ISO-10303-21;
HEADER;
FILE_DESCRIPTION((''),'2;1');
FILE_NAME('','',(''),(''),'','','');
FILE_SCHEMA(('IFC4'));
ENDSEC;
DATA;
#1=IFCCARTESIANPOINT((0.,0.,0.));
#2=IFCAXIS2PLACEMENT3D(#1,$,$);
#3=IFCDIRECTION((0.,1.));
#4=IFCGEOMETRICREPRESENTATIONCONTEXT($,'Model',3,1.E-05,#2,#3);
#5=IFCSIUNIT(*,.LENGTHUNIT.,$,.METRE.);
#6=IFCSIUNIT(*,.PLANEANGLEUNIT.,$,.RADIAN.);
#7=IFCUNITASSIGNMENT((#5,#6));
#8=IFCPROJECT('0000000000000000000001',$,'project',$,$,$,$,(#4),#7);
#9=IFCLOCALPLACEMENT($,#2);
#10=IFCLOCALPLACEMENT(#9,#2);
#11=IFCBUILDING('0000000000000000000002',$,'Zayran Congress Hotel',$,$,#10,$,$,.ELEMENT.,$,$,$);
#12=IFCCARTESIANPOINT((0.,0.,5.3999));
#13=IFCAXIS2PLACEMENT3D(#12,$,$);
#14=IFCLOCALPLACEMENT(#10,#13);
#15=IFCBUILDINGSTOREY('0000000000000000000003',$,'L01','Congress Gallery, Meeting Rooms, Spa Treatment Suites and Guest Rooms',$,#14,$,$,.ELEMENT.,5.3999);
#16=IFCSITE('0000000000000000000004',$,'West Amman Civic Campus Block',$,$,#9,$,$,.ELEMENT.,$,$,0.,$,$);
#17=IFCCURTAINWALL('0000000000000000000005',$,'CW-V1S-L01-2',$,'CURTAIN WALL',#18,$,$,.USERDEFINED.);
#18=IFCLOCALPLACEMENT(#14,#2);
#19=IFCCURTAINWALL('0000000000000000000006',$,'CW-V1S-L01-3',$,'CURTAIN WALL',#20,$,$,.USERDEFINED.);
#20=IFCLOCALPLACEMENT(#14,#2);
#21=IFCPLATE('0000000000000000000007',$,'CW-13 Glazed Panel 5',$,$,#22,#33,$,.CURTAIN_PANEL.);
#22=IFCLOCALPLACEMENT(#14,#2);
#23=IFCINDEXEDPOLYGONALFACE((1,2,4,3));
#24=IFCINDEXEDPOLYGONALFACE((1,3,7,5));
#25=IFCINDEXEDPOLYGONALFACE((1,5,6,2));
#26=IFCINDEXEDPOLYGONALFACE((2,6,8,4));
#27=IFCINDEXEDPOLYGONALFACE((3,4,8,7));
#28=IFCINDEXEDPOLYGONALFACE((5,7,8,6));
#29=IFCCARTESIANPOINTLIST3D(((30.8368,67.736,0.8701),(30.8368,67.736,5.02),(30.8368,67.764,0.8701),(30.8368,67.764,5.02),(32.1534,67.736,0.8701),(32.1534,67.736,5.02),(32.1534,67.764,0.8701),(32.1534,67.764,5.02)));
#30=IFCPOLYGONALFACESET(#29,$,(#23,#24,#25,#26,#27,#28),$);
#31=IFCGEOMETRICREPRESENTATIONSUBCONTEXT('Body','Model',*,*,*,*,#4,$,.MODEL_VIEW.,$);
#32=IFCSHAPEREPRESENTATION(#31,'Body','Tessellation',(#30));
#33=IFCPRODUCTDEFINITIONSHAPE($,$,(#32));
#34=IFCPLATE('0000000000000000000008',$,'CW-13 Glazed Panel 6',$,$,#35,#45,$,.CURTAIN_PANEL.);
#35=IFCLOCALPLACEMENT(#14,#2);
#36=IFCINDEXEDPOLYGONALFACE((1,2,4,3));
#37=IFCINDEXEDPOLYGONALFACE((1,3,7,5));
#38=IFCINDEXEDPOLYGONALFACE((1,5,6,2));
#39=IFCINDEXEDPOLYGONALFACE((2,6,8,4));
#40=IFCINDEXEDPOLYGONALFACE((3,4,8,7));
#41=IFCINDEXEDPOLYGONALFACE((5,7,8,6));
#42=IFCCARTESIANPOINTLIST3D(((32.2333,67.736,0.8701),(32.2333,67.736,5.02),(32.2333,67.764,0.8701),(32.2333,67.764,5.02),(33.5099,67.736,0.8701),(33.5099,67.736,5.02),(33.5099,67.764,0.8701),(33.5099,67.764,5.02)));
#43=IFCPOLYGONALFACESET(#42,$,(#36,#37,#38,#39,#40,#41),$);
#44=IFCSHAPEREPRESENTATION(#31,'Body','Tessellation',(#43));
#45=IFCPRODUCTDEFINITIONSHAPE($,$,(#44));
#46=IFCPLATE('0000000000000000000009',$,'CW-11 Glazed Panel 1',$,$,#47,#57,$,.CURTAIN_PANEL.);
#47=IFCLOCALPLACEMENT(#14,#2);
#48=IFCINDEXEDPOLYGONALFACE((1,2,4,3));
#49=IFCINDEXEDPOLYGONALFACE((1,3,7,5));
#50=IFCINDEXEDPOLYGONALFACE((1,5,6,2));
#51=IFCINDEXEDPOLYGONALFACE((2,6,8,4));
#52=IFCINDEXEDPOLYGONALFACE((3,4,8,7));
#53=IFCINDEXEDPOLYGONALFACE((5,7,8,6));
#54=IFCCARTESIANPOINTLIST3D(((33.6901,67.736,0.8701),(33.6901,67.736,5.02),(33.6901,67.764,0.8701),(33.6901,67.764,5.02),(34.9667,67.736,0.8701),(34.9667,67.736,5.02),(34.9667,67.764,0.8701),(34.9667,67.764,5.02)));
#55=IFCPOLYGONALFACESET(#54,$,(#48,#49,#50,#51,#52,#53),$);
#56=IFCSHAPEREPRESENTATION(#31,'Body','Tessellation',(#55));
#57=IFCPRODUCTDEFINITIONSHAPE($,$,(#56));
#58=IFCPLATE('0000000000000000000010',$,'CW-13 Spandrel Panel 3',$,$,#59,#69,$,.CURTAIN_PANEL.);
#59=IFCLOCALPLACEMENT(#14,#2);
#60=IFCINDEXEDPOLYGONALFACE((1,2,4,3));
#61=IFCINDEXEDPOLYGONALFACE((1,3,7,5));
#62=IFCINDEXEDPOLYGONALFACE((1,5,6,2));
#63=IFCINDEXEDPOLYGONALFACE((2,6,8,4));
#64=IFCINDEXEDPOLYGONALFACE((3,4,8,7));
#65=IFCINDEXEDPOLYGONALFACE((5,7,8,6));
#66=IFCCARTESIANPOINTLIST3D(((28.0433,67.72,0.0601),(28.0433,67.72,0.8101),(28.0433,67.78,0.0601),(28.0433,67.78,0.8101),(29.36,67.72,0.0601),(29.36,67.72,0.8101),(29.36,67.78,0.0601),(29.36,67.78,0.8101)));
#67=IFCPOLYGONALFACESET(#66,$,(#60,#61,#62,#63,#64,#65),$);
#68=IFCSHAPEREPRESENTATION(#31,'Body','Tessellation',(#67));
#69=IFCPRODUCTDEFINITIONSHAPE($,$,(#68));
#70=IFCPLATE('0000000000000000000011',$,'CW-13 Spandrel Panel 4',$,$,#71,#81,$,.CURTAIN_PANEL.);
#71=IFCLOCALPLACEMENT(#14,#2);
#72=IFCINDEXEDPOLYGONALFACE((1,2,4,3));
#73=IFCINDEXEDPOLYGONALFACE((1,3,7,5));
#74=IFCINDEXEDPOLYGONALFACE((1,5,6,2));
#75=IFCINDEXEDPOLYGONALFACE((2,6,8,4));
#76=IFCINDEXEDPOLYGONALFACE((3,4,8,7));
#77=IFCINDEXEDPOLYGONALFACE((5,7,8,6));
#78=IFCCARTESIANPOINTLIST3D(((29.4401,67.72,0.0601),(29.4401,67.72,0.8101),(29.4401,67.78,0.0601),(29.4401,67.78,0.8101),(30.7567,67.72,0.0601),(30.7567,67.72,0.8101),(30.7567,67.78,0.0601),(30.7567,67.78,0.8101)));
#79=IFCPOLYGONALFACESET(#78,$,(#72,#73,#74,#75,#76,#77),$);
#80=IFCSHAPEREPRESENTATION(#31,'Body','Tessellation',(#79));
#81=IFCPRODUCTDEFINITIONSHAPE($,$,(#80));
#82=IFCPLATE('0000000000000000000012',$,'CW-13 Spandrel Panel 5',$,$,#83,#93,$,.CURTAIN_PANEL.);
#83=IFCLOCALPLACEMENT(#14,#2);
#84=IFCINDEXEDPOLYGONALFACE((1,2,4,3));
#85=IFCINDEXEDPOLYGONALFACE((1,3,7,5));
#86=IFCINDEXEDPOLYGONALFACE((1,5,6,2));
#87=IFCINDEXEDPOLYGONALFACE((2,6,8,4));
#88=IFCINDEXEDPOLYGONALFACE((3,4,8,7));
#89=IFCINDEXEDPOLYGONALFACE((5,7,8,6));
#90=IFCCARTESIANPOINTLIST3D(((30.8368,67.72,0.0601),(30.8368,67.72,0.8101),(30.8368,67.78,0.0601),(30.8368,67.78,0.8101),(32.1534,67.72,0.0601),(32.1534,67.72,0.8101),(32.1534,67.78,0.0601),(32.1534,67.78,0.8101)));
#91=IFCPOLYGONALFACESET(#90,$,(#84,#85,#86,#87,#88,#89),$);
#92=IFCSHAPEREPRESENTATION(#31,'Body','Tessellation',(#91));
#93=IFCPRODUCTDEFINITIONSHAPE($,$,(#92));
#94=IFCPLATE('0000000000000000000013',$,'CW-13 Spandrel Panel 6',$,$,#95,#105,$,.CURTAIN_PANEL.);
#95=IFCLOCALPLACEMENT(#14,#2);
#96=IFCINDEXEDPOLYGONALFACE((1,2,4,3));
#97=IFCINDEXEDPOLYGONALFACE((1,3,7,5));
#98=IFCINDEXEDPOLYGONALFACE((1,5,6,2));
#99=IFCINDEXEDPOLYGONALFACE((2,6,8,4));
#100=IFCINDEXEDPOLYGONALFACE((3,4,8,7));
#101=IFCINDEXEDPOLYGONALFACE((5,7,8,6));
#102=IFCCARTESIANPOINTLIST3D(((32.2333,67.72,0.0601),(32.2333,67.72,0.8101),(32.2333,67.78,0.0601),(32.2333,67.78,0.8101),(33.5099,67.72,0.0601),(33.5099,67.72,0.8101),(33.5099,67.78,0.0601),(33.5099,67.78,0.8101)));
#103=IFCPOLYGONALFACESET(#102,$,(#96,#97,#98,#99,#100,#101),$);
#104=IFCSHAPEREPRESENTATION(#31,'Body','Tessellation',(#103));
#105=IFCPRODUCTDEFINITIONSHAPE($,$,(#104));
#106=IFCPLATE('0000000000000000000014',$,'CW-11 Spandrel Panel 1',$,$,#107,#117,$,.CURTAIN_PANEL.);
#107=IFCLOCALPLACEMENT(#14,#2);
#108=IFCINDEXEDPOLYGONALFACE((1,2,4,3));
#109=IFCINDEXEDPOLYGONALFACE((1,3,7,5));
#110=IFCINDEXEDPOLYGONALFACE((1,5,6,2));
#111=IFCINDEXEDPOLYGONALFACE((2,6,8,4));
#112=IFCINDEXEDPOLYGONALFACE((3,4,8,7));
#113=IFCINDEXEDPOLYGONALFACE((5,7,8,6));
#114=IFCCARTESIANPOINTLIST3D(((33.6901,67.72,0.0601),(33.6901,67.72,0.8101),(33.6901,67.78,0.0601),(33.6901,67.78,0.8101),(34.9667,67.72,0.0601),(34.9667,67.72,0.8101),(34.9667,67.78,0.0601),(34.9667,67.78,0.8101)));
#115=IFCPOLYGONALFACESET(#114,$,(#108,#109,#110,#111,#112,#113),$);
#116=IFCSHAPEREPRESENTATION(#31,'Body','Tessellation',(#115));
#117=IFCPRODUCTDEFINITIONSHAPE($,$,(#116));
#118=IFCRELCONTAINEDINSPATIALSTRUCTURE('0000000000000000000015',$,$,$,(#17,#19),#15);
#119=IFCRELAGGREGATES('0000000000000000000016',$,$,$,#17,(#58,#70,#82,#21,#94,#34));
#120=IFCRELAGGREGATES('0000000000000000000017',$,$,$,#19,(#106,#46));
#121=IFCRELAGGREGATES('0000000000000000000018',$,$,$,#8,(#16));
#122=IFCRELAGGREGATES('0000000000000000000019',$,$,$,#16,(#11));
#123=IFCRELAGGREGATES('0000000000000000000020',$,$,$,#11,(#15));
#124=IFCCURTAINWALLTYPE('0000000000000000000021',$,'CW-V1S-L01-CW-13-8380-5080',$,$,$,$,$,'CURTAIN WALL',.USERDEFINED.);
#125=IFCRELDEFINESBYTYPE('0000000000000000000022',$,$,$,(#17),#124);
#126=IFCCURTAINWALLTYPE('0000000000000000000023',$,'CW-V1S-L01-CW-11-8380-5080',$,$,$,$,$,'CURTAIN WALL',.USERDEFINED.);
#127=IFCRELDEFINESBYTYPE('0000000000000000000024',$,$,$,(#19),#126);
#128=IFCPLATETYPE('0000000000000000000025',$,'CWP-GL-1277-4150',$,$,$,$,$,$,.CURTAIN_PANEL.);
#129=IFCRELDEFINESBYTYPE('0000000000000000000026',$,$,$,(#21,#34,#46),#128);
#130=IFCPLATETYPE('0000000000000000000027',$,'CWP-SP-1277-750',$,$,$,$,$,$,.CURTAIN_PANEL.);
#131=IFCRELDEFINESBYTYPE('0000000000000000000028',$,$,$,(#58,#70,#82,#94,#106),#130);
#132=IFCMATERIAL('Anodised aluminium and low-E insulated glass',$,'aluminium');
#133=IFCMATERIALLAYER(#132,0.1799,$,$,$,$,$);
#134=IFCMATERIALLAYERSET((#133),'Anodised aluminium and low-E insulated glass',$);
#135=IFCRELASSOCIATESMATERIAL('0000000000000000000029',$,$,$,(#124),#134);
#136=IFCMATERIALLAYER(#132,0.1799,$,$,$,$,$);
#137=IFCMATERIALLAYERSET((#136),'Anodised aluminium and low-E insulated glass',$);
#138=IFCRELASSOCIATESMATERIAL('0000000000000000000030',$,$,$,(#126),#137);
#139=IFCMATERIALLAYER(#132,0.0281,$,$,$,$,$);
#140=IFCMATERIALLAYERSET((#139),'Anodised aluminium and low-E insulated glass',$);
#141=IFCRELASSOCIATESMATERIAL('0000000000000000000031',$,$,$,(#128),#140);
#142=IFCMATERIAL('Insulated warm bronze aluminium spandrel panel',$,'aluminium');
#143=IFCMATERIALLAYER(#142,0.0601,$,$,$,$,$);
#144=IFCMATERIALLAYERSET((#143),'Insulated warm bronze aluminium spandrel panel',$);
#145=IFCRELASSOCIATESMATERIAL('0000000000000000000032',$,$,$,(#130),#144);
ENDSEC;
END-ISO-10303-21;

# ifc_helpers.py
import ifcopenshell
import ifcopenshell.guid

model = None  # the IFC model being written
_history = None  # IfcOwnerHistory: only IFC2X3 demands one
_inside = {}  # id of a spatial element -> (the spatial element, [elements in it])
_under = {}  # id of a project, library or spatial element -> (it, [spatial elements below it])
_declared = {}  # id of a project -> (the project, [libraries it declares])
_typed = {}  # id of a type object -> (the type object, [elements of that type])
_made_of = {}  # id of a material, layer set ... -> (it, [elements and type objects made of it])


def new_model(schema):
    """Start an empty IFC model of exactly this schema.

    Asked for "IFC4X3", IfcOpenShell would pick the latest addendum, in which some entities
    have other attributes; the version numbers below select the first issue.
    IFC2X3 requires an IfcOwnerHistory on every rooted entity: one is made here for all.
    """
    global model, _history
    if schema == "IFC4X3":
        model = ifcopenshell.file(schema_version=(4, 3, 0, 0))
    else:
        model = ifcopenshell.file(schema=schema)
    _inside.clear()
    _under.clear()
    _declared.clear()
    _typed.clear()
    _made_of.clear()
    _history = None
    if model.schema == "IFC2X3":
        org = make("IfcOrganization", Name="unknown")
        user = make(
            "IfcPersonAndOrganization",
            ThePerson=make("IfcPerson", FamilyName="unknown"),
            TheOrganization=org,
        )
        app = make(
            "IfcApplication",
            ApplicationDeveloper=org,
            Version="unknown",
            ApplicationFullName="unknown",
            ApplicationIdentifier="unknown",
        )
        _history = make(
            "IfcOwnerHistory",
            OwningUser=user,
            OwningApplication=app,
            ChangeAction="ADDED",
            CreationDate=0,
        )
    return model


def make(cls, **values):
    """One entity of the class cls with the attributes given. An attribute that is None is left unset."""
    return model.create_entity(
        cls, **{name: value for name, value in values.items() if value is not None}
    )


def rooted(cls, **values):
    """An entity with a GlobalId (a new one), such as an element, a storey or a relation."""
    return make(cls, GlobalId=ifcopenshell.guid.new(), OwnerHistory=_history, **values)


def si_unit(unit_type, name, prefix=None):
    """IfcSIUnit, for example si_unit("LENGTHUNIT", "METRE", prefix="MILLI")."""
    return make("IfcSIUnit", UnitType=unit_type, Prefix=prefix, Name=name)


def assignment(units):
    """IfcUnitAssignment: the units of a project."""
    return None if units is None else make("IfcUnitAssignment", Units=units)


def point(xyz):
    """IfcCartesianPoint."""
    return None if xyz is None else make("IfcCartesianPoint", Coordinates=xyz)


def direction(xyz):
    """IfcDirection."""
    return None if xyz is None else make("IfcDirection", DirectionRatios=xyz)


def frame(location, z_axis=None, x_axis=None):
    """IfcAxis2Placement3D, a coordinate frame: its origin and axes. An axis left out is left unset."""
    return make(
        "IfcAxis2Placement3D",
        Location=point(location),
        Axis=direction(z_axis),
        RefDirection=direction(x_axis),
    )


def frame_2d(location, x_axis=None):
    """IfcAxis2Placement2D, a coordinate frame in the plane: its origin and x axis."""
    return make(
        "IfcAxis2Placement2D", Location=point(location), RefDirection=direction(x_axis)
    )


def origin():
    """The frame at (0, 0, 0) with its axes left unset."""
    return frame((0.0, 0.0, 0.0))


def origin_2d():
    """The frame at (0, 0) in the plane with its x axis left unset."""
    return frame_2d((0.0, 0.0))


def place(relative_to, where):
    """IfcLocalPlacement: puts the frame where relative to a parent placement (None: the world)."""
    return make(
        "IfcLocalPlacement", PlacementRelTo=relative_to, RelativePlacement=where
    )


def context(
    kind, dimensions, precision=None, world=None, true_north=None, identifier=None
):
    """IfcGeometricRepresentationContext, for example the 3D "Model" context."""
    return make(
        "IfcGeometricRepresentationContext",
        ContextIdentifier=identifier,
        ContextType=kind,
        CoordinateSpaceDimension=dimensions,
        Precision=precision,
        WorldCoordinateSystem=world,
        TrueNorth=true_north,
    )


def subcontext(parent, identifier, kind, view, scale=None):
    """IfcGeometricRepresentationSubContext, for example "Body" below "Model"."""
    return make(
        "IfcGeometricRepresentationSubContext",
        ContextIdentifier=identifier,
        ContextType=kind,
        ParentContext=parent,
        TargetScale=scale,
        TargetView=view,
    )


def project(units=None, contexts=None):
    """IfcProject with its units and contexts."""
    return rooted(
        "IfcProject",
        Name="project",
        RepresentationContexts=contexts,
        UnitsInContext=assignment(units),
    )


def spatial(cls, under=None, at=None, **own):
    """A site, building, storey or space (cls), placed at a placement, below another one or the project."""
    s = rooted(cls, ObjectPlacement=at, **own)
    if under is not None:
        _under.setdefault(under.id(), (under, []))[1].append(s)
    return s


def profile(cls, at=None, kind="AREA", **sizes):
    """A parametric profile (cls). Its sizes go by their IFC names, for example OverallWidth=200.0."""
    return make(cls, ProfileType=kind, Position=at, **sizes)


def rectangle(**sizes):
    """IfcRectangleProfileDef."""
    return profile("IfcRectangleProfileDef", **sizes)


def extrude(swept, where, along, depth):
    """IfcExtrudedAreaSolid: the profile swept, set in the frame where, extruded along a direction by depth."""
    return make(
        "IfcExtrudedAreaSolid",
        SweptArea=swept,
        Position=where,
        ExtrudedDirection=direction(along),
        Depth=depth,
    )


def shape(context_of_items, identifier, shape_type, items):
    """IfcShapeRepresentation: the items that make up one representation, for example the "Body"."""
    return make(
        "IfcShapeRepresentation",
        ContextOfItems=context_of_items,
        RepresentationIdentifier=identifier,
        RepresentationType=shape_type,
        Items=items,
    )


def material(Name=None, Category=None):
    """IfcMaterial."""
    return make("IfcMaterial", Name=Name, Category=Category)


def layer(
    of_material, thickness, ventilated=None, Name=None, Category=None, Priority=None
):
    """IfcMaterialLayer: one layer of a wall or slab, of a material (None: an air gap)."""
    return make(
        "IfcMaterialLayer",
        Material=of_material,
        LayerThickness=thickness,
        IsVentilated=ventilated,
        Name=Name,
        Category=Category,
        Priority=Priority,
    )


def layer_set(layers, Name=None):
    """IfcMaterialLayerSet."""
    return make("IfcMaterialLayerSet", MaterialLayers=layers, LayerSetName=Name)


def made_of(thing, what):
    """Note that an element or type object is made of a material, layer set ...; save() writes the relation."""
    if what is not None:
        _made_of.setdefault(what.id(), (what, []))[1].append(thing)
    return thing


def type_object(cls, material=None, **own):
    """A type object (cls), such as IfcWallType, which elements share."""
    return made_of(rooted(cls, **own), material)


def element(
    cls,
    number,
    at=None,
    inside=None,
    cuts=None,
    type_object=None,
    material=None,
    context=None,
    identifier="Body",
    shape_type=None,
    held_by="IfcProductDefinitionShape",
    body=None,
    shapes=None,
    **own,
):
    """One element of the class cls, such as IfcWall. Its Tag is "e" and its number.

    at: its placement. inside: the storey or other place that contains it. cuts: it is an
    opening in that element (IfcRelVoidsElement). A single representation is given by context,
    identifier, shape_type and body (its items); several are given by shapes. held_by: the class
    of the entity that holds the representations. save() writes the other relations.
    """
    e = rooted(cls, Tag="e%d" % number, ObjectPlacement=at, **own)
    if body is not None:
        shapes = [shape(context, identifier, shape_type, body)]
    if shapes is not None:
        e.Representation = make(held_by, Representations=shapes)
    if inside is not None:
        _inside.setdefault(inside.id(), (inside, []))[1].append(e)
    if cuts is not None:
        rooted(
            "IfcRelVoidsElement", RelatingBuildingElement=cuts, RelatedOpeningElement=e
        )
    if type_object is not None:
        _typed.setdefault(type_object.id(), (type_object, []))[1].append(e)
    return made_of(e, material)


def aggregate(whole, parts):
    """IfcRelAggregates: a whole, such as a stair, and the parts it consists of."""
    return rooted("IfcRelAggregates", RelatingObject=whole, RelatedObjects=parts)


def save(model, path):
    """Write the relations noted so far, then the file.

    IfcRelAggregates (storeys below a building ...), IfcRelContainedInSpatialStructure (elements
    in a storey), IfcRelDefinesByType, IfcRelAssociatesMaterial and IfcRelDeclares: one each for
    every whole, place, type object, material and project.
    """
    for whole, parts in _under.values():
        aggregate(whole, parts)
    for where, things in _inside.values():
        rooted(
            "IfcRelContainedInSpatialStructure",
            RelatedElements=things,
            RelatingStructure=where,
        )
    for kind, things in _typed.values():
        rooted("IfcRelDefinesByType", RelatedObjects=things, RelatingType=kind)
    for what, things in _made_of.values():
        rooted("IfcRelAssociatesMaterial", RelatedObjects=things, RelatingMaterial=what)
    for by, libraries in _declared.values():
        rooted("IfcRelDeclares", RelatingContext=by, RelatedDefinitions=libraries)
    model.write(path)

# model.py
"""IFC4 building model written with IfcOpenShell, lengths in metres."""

from ifc_helpers import new_model, si_unit, direction, frame, origin, origin_2d, place, context, subcontext, project, spatial, rectangle, extrude, material, layer, layer_set, type_object, element, aggregate, save


model = new_model("IFC4")

# Units and contexts
model_context = context("Model", 3, precision=1e-05, world=origin(), true_north=direction((0.0, 1.0)))
body_context = subcontext(model_context, "Body", "Model", "MODEL_VIEW")
ifc_project = project(units=[si_unit("LENGTHUNIT", "METRE"), si_unit("PLANEANGLEUNIT", "RADIAN")], contexts=[model_context])

# Site, building, storey
site_placement = place(None, origin())
site = spatial("IfcSite", under=ifc_project, at=site_placement, Name="West Amman Civic Campus Block", CompositionType="ELEMENT", RefElevation=0.0)
building_placement = place(site_placement, origin())
building = spatial("IfcBuilding", under=site, at=building_placement, Name="Zayran Congress Hotel", CompositionType="ELEMENT")
storey_placement = place(building_placement, frame((0.0, 0.0, 5.3999)))
storey = spatial("IfcBuildingStorey", under=building, at=storey_placement, Name="L01", Description="Congress Gallery, Meeting Rooms, Spa Treatment Suites and Guest Rooms", CompositionType="ELEMENT", Elevation=5.3999)

# Curtain walls
ifc_material_1 = material(Name="Anodised aluminium and low-E insulated glass", Category="aluminium")
ifc_layer_1 = layer(ifc_material_1, 0.1799)
ifc_layer_set_1 = layer_set([ifc_layer_1], Name="Anodised aluminium and low-E insulated glass")
curtain_wall_type_1 = type_object("IfcCurtainWallType", Name="CW-V1S-L01-CW-13-8380-5080", ElementType="CURTAIN WALL", PredefinedType="USERDEFINED", material=ifc_layer_set_1)
curtain_wall_1_placement = place(storey_placement, origin())
curtain_wall_1 = element("IfcCurtainWall", 1, at=curtain_wall_1_placement, inside=storey, type_object=curtain_wall_type_1, Name="CW-V1S-L01-2", ObjectType="CURTAIN WALL", PredefinedType="USERDEFINED")
ifc_layer_2 = layer(ifc_material_1, 0.1799)
ifc_layer_set_2 = layer_set([ifc_layer_2], Name="Anodised aluminium and low-E insulated glass")
curtain_wall_type_2 = type_object("IfcCurtainWallType", Name="CW-V1S-L01-CW-11-8380-5080", ElementType="CURTAIN WALL", PredefinedType="USERDEFINED", material=ifc_layer_set_2)
curtain_wall_2_placement = place(storey_placement, origin())
curtain_wall_2 = element("IfcCurtainWall", 2, at=curtain_wall_2_placement, inside=storey, type_object=curtain_wall_type_2, Name="CW-V1S-L01-3", ObjectType="CURTAIN WALL", PredefinedType="USERDEFINED")

# Plates
ifc_layer_3 = layer(ifc_material_1, 0.0281)
ifc_layer_set_3 = layer_set([ifc_layer_3], Name="Anodised aluminium and low-E insulated glass")
plate_type_1 = type_object("IfcPlateType", Name="CWP-GL-1277-4150", PredefinedType="CURTAIN_PANEL", material=ifc_layer_set_3)
plate_1_placement = place(storey_placement, frame((31.4951, 67.75, 0.8701), z_axis=(0.0, 0.0, 1.0), x_axis=(1.0, 0.0, 0.0)))
plate_1 = element("IfcPlate", 3, at=plate_1_placement, type_object=plate_type_1, Name="CW-13 Glazed Panel 5", PredefinedType="CURTAIN_PANEL", context=body_context, shape_type="SweptSolid", body=[
    extrude(rectangle(XDim=1.3167, YDim=0.0281, at=origin_2d()), origin(), (0.0, 0.0, 1.0), 4.1499),
])
plate_2_placement = place(storey_placement, frame((32.8716, 67.75, 0.8701), z_axis=(0.0, 0.0, 1.0), x_axis=(1.0, 0.0, 0.0)))
plate_2 = element("IfcPlate", 4, at=plate_2_placement, type_object=plate_type_1, Name="CW-13 Glazed Panel 6", PredefinedType="CURTAIN_PANEL", context=body_context, shape_type="SweptSolid", body=[
    extrude(rectangle(XDim=1.2766, YDim=0.0281, at=origin_2d()), origin(), (0.0, 0.0, 1.0), 4.1499),
])
plate_3_placement = place(storey_placement, frame((34.3284, 67.75, 0.8701), z_axis=(0.0, 0.0, 1.0), x_axis=(1.0, 0.0, 0.0)))
plate_3 = element("IfcPlate", 5, at=plate_3_placement, type_object=plate_type_1, Name="CW-11 Glazed Panel 1", PredefinedType="CURTAIN_PANEL", context=body_context, shape_type="SweptSolid", body=[
    extrude(rectangle(XDim=1.2766, YDim=0.0281, at=origin_2d()), origin(), (0.0, 0.0, 1.0), 4.1499),
])
ifc_material_2 = material(Name="Insulated warm bronze aluminium spandrel panel", Category="aluminium")
ifc_layer_4 = layer(ifc_material_2, 0.0601)
ifc_layer_set_4 = layer_set([ifc_layer_4], Name="Insulated warm bronze aluminium spandrel panel")
plate_type_2 = type_object("IfcPlateType", Name="CWP-SP-1277-750", PredefinedType="CURTAIN_PANEL", material=ifc_layer_set_4)
plate_4_placement = place(storey_placement, frame((28.7017, 67.75, 0.0601), z_axis=(0.0, 0.0, 1.0), x_axis=(1.0, 0.0, 0.0)))
plate_4 = element("IfcPlate", 6, at=plate_4_placement, type_object=plate_type_2, Name="CW-13 Spandrel Panel 3", PredefinedType="CURTAIN_PANEL", context=body_context, shape_type="SweptSolid", body=[
    extrude(rectangle(XDim=1.3167, YDim=0.0601, at=origin_2d()), origin(), (0.0, 0.0, 1.0), 0.75),
])
plate_5_placement = place(storey_placement, frame((30.0984, 67.75, 0.0601), z_axis=(0.0, 0.0, 1.0), x_axis=(1.0, 0.0, 0.0)))
plate_5 = element("IfcPlate", 7, at=plate_5_placement, type_object=plate_type_2, Name="CW-13 Spandrel Panel 4", PredefinedType="CURTAIN_PANEL", context=body_context, shape_type="SweptSolid", body=[
    extrude(rectangle(XDim=1.3167, YDim=0.0601, at=origin_2d()), origin(), (0.0, 0.0, 1.0), 0.75),
])
plate_6_placement = place(storey_placement, frame((31.4951, 67.75, 0.0601), z_axis=(0.0, 0.0, 1.0), x_axis=(1.0, 0.0, 0.0)))
plate_6 = element("IfcPlate", 8, at=plate_6_placement, type_object=plate_type_2, Name="CW-13 Spandrel Panel 5", PredefinedType="CURTAIN_PANEL", context=body_context, shape_type="SweptSolid", body=[
    extrude(rectangle(XDim=1.3167, YDim=0.0601, at=origin_2d()), origin(), (0.0, 0.0, 1.0), 0.75),
])
plate_7_placement = place(storey_placement, frame((32.8716, 67.75, 0.0601), z_axis=(0.0, 0.0, 1.0), x_axis=(1.0, 0.0, 0.0)))
plate_7 = element("IfcPlate", 9, at=plate_7_placement, type_object=plate_type_2, Name="CW-13 Spandrel Panel 6", PredefinedType="CURTAIN_PANEL", context=body_context, shape_type="SweptSolid", body=[
    extrude(rectangle(XDim=1.2766, YDim=0.0601, at=origin_2d()), origin(), (0.0, 0.0, 1.0), 0.75),
])
aggregate(curtain_wall_1, [plate_4, plate_5, plate_6, plate_1, plate_7, plate_2])
plate_8_placement = place(storey_placement, frame((34.3284, 67.75, 0.0601), z_axis=(0.0, 0.0, 1.0), x_axis=(1.0, 0.0, 0.0)))
plate_8 = element("IfcPlate", 10, at=plate_8_placement, type_object=plate_type_2, Name="CW-11 Spandrel Panel 1", PredefinedType="CURTAIN_PANEL", context=body_context, shape_type="SweptSolid", body=[
    extrude(rectangle(XDim=1.2766, YDim=0.0601, at=origin_2d()), origin(), (0.0, 0.0, 1.0), 0.75),
])
aggregate(curtain_wall_2, [plate_8, plate_3])

save(model, "model.ifc")
